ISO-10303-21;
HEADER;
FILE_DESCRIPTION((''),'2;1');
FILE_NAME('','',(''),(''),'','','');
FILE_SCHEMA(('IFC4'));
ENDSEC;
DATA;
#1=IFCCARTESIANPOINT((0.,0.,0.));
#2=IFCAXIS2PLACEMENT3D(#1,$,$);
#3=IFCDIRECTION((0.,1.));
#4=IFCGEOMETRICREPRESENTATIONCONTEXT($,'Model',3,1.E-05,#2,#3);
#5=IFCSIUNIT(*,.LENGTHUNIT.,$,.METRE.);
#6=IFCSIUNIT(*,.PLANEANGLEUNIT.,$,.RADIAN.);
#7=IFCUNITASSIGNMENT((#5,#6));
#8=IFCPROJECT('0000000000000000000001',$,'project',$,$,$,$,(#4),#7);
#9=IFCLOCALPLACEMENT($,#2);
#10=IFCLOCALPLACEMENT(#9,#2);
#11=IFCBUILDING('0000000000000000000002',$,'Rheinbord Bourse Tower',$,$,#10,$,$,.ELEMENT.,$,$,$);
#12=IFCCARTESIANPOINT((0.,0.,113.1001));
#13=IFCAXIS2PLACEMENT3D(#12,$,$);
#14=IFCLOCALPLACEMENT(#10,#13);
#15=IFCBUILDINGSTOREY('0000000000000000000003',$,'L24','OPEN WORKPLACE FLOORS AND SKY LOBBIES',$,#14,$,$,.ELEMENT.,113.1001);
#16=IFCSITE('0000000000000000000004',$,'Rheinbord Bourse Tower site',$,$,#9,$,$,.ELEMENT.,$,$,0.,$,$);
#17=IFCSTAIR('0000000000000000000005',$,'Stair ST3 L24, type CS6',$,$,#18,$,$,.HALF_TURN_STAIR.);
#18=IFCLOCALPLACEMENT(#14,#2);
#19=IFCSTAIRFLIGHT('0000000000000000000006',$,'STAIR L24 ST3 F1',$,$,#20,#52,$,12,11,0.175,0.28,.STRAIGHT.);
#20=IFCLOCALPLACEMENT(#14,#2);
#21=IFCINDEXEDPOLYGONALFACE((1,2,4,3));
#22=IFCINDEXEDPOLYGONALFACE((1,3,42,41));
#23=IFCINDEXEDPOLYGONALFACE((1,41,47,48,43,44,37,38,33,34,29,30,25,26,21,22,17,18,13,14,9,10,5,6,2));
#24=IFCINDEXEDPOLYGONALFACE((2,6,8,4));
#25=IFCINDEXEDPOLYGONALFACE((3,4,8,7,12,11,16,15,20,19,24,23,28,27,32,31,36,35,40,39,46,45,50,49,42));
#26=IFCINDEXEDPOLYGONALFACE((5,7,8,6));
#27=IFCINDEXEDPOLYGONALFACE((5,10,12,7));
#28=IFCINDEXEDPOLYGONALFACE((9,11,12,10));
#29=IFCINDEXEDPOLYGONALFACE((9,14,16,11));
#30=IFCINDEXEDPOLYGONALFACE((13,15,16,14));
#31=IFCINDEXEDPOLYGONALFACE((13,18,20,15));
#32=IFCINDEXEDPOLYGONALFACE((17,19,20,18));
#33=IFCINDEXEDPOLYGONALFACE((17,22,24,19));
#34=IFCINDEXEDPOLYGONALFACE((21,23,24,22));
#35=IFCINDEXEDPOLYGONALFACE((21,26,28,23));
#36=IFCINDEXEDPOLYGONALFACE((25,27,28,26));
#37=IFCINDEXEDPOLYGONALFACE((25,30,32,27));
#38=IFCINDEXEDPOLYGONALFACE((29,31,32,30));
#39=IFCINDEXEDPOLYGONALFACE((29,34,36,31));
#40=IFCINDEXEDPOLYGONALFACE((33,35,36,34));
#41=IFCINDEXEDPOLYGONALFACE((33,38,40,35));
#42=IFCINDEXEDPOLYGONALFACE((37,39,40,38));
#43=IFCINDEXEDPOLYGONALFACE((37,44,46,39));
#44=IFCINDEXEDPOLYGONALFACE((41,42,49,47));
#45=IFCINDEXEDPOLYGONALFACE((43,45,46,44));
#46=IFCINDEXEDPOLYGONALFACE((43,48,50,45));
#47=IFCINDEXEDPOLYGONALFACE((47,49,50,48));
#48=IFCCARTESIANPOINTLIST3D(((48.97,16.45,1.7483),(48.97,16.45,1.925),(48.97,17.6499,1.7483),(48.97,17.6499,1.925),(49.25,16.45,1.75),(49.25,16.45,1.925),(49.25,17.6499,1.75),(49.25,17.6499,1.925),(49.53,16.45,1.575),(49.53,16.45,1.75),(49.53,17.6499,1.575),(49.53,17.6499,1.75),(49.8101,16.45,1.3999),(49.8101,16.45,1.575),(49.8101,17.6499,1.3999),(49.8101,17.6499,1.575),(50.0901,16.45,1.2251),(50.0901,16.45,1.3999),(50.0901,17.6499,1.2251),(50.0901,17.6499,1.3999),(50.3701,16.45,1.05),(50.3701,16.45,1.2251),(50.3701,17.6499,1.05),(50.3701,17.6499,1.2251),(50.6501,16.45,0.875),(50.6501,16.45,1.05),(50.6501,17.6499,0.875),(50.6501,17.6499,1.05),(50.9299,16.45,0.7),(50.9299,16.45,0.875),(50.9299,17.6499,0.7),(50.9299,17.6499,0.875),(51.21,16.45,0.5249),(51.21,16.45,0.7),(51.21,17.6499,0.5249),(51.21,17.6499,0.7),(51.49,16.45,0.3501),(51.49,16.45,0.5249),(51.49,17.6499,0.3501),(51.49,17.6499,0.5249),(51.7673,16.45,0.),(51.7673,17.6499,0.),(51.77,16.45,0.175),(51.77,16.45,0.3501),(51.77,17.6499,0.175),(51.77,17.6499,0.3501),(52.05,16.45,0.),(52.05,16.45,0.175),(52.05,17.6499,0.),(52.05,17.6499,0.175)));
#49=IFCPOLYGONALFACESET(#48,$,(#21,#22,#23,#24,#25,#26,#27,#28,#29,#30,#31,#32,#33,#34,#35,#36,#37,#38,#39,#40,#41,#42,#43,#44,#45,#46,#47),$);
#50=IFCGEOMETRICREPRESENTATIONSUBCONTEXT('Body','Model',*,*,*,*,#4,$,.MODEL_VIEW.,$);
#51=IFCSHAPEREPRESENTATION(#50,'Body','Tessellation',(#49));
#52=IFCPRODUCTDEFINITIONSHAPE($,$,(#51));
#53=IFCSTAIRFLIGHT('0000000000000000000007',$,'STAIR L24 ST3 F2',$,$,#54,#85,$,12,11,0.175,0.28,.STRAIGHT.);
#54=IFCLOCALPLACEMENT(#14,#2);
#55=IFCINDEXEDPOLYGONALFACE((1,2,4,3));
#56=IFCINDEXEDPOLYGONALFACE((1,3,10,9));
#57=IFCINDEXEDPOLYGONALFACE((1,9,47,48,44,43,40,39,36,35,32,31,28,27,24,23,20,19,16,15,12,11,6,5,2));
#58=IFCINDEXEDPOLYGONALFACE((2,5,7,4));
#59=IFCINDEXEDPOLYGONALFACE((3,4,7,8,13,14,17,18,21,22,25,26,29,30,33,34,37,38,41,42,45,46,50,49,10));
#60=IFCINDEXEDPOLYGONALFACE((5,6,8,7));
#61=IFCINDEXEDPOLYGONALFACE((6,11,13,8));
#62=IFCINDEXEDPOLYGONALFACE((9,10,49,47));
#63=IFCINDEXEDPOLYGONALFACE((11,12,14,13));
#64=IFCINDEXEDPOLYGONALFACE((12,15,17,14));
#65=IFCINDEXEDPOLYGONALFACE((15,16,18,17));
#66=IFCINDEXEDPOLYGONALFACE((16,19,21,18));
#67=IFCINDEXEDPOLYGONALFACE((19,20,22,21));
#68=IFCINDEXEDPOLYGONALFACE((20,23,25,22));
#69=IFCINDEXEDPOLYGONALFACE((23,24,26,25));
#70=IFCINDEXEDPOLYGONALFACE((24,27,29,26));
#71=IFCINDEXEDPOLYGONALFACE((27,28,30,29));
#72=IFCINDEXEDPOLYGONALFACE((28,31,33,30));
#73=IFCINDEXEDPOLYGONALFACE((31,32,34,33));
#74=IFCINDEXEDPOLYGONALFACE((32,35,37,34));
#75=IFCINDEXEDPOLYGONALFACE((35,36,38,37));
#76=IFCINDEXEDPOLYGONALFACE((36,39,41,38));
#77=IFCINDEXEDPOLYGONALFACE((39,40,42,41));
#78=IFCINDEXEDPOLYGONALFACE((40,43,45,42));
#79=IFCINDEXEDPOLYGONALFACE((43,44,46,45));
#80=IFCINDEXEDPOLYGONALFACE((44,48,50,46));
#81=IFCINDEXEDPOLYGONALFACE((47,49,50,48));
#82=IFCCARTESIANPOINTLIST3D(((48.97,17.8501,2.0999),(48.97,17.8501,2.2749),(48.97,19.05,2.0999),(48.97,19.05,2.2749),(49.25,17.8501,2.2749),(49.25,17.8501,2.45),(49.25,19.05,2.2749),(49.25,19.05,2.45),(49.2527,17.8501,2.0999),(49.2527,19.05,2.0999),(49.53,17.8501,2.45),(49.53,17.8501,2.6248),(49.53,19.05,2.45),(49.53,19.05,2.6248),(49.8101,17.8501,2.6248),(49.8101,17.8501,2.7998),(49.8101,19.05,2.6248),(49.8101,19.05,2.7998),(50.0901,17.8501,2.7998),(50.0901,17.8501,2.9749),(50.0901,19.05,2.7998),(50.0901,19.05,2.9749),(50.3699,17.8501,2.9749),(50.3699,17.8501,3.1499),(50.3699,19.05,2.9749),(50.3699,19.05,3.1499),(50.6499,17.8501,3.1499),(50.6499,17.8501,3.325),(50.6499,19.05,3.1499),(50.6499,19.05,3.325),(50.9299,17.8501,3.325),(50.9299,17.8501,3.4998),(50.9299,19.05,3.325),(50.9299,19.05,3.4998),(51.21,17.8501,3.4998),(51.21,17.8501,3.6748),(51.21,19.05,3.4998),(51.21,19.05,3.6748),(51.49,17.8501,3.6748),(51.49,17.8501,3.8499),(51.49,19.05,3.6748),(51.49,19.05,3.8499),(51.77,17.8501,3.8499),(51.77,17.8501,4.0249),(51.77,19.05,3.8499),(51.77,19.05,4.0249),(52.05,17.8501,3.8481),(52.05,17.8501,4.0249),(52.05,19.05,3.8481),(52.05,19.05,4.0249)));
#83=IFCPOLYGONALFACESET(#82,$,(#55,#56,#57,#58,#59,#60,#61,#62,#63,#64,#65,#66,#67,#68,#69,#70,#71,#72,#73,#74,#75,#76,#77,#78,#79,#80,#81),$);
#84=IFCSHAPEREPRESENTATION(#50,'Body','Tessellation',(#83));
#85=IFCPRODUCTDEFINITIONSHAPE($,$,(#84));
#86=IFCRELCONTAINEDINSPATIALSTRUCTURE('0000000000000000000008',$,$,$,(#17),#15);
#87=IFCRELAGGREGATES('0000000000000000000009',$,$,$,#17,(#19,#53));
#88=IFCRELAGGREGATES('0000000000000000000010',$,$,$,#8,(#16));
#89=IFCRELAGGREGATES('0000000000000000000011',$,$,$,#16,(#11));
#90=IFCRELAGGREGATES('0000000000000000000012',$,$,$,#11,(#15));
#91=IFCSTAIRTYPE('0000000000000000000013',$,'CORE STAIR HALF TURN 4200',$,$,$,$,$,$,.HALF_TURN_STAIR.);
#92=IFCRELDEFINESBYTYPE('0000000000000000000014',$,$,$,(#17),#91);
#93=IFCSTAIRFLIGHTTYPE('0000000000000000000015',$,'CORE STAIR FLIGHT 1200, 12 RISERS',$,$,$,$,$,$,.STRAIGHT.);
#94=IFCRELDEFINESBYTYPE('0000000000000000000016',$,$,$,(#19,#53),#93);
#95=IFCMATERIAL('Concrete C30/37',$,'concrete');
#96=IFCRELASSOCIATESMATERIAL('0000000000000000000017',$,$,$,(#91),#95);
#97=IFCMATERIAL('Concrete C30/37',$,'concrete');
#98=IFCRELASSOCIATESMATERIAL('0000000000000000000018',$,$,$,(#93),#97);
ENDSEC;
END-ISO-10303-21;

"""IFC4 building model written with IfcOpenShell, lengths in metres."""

from ifc_helpers import new_model, si_unit, direction, frame, origin, place, context, subcontext, project, spatial, polyline, outline, extrude, material, type_object, element, aggregate, save


model = new_model("IFC4")

# Units and contexts
model_context = context("Model", 3, precision=1e-05, world=origin(), true_north=direction((0.0, 1.0)))
body_context = subcontext(model_context, "Body", "Model", "MODEL_VIEW")
ifc_project = project(units=[si_unit("LENGTHUNIT", "METRE"), si_unit("PLANEANGLEUNIT", "RADIAN")], contexts=[model_context])

# Site, building, storey
site_placement = place(None, origin())
site = spatial("IfcSite", under=ifc_project, at=site_placement, Name="Rheinbord Bourse Tower site", CompositionType="ELEMENT", RefElevation=0.0)
building_placement = place(site_placement, origin())
building = spatial("IfcBuilding", under=site, at=building_placement, Name="Rheinbord Bourse Tower", CompositionType="ELEMENT")
storey_placement = place(building_placement, frame((0.0, 0.0, 113.1001)))
storey = spatial("IfcBuildingStorey", under=building, at=storey_placement, Name="L24", Description="OPEN WORKPLACE FLOORS AND SKY LOBBIES", CompositionType="ELEMENT", Elevation=113.1001)

# Stair, stair flights
ifc_material_1 = material(Name="Concrete C30/37", Category="concrete")
stair_type = type_object("IfcStairType", Name="CORE STAIR HALF TURN 4200", PredefinedType="HALF_TURN_STAIR", material=ifc_material_1)
stair_placement = place(storey_placement, origin())
stair = element("IfcStair", 1, at=stair_placement, inside=storey, type_object=stair_type, Name="Stair ST3 L24, type CS6", PredefinedType="HALF_TURN_STAIR")
ifc_material_2 = material(Name="Concrete C30/37", Category="concrete")
stair_flight_type = type_object("IfcStairFlightType", Name="CORE STAIR FLIGHT 1200, 12 RISERS", PredefinedType="STRAIGHT", material=ifc_material_2)
stair_flight_1_placement = place(storey_placement, frame((52.05, 17.05, 0.0), z_axis=(0.0, 0.0, 1.0), x_axis=(-1.0, 0.0, 0.0)))
stair_flight_1 = element("IfcStairFlight", 2, at=stair_flight_1_placement, type_object=stair_flight_type, Name="STAIR L24 ST3 F1", NumberOfRisers=12, NumberOfTreads=11, PredefinedType="STRAIGHT", RiserHeight=0.175, TreadLength=0.28, context=body_context, shape_type="SweptSolid", body=[
    extrude(outline(polyline([(0.0, 0.0), (0.0, 0.175), (0.28, 0.175), (0.28, 0.3501), (0.5601, 0.3501), (0.5601, 0.5249), (0.8401, 0.5249), (0.8401, 0.7), (1.1201, 0.7), (1.1201, 0.875), (1.3999, 0.875), (1.3999, 1.05), (1.6799, 1.05), (1.6799, 1.2251), (1.96, 1.2251), (1.96, 1.3999), (2.24, 1.3999), (2.24, 1.575), (2.52, 1.575), (2.52, 1.75), (2.8, 1.75), (2.8, 1.925), (3.0801, 1.925), (3.0801, 2.1001), (3.0801, 1.7483), (0.2827, 0.0), (0.0, 0.0)])), frame((0.0, 0.6001, 0.0), z_axis=(0.0, -1.0, 0.0), x_axis=(1.0, 0.0, 0.0)), (0.0, 0.0, 1.0), 1.2),
])
stair_flight_2_placement = place(storey_placement, frame((48.97, 18.45, 2.0999), z_axis=(0.0, 0.0, 1.0), x_axis=(1.0, 0.0, 0.0)))
stair_flight_2 = element("IfcStairFlight", 3, at=stair_flight_2_placement, type_object=stair_flight_type, Name="STAIR L24 ST3 F2", NumberOfRisers=12, NumberOfTreads=11, PredefinedType="STRAIGHT", RiserHeight=0.175, TreadLength=0.28, context=body_context, shape_type="SweptSolid", body=[
    extrude(outline(polyline([(0.0, 0.0), (0.0, 0.175), (0.28, 0.175), (0.28, 0.3501), (0.5601, 0.3501), (0.5601, 0.5249), (0.8401, 0.5249), (0.8401, 0.7), (1.1201, 0.7), (1.1201, 0.875), (1.3999, 0.875), (1.3999, 1.05), (1.6799, 1.05), (1.6799, 1.2251), (1.96, 1.2251), (1.96, 1.3999), (2.24, 1.3999), (2.24, 1.575), (2.52, 1.575), (2.52, 1.75), (2.8, 1.75), (2.8, 1.925), (3.0801, 1.925), (3.0801, 2.1001), (3.0801, 1.7483), (0.2827, 0.0), (0.0, 0.0)])), frame((0.0, 0.6001, 0.0), z_axis=(0.0, -1.0, 0.0), x_axis=(1.0, 0.0, 0.0)), (0.0, 0.0, 1.0), 1.2),
])
aggregate(stair, [stair_flight_1, stair_flight_2])

save(model, "model.ifc")
